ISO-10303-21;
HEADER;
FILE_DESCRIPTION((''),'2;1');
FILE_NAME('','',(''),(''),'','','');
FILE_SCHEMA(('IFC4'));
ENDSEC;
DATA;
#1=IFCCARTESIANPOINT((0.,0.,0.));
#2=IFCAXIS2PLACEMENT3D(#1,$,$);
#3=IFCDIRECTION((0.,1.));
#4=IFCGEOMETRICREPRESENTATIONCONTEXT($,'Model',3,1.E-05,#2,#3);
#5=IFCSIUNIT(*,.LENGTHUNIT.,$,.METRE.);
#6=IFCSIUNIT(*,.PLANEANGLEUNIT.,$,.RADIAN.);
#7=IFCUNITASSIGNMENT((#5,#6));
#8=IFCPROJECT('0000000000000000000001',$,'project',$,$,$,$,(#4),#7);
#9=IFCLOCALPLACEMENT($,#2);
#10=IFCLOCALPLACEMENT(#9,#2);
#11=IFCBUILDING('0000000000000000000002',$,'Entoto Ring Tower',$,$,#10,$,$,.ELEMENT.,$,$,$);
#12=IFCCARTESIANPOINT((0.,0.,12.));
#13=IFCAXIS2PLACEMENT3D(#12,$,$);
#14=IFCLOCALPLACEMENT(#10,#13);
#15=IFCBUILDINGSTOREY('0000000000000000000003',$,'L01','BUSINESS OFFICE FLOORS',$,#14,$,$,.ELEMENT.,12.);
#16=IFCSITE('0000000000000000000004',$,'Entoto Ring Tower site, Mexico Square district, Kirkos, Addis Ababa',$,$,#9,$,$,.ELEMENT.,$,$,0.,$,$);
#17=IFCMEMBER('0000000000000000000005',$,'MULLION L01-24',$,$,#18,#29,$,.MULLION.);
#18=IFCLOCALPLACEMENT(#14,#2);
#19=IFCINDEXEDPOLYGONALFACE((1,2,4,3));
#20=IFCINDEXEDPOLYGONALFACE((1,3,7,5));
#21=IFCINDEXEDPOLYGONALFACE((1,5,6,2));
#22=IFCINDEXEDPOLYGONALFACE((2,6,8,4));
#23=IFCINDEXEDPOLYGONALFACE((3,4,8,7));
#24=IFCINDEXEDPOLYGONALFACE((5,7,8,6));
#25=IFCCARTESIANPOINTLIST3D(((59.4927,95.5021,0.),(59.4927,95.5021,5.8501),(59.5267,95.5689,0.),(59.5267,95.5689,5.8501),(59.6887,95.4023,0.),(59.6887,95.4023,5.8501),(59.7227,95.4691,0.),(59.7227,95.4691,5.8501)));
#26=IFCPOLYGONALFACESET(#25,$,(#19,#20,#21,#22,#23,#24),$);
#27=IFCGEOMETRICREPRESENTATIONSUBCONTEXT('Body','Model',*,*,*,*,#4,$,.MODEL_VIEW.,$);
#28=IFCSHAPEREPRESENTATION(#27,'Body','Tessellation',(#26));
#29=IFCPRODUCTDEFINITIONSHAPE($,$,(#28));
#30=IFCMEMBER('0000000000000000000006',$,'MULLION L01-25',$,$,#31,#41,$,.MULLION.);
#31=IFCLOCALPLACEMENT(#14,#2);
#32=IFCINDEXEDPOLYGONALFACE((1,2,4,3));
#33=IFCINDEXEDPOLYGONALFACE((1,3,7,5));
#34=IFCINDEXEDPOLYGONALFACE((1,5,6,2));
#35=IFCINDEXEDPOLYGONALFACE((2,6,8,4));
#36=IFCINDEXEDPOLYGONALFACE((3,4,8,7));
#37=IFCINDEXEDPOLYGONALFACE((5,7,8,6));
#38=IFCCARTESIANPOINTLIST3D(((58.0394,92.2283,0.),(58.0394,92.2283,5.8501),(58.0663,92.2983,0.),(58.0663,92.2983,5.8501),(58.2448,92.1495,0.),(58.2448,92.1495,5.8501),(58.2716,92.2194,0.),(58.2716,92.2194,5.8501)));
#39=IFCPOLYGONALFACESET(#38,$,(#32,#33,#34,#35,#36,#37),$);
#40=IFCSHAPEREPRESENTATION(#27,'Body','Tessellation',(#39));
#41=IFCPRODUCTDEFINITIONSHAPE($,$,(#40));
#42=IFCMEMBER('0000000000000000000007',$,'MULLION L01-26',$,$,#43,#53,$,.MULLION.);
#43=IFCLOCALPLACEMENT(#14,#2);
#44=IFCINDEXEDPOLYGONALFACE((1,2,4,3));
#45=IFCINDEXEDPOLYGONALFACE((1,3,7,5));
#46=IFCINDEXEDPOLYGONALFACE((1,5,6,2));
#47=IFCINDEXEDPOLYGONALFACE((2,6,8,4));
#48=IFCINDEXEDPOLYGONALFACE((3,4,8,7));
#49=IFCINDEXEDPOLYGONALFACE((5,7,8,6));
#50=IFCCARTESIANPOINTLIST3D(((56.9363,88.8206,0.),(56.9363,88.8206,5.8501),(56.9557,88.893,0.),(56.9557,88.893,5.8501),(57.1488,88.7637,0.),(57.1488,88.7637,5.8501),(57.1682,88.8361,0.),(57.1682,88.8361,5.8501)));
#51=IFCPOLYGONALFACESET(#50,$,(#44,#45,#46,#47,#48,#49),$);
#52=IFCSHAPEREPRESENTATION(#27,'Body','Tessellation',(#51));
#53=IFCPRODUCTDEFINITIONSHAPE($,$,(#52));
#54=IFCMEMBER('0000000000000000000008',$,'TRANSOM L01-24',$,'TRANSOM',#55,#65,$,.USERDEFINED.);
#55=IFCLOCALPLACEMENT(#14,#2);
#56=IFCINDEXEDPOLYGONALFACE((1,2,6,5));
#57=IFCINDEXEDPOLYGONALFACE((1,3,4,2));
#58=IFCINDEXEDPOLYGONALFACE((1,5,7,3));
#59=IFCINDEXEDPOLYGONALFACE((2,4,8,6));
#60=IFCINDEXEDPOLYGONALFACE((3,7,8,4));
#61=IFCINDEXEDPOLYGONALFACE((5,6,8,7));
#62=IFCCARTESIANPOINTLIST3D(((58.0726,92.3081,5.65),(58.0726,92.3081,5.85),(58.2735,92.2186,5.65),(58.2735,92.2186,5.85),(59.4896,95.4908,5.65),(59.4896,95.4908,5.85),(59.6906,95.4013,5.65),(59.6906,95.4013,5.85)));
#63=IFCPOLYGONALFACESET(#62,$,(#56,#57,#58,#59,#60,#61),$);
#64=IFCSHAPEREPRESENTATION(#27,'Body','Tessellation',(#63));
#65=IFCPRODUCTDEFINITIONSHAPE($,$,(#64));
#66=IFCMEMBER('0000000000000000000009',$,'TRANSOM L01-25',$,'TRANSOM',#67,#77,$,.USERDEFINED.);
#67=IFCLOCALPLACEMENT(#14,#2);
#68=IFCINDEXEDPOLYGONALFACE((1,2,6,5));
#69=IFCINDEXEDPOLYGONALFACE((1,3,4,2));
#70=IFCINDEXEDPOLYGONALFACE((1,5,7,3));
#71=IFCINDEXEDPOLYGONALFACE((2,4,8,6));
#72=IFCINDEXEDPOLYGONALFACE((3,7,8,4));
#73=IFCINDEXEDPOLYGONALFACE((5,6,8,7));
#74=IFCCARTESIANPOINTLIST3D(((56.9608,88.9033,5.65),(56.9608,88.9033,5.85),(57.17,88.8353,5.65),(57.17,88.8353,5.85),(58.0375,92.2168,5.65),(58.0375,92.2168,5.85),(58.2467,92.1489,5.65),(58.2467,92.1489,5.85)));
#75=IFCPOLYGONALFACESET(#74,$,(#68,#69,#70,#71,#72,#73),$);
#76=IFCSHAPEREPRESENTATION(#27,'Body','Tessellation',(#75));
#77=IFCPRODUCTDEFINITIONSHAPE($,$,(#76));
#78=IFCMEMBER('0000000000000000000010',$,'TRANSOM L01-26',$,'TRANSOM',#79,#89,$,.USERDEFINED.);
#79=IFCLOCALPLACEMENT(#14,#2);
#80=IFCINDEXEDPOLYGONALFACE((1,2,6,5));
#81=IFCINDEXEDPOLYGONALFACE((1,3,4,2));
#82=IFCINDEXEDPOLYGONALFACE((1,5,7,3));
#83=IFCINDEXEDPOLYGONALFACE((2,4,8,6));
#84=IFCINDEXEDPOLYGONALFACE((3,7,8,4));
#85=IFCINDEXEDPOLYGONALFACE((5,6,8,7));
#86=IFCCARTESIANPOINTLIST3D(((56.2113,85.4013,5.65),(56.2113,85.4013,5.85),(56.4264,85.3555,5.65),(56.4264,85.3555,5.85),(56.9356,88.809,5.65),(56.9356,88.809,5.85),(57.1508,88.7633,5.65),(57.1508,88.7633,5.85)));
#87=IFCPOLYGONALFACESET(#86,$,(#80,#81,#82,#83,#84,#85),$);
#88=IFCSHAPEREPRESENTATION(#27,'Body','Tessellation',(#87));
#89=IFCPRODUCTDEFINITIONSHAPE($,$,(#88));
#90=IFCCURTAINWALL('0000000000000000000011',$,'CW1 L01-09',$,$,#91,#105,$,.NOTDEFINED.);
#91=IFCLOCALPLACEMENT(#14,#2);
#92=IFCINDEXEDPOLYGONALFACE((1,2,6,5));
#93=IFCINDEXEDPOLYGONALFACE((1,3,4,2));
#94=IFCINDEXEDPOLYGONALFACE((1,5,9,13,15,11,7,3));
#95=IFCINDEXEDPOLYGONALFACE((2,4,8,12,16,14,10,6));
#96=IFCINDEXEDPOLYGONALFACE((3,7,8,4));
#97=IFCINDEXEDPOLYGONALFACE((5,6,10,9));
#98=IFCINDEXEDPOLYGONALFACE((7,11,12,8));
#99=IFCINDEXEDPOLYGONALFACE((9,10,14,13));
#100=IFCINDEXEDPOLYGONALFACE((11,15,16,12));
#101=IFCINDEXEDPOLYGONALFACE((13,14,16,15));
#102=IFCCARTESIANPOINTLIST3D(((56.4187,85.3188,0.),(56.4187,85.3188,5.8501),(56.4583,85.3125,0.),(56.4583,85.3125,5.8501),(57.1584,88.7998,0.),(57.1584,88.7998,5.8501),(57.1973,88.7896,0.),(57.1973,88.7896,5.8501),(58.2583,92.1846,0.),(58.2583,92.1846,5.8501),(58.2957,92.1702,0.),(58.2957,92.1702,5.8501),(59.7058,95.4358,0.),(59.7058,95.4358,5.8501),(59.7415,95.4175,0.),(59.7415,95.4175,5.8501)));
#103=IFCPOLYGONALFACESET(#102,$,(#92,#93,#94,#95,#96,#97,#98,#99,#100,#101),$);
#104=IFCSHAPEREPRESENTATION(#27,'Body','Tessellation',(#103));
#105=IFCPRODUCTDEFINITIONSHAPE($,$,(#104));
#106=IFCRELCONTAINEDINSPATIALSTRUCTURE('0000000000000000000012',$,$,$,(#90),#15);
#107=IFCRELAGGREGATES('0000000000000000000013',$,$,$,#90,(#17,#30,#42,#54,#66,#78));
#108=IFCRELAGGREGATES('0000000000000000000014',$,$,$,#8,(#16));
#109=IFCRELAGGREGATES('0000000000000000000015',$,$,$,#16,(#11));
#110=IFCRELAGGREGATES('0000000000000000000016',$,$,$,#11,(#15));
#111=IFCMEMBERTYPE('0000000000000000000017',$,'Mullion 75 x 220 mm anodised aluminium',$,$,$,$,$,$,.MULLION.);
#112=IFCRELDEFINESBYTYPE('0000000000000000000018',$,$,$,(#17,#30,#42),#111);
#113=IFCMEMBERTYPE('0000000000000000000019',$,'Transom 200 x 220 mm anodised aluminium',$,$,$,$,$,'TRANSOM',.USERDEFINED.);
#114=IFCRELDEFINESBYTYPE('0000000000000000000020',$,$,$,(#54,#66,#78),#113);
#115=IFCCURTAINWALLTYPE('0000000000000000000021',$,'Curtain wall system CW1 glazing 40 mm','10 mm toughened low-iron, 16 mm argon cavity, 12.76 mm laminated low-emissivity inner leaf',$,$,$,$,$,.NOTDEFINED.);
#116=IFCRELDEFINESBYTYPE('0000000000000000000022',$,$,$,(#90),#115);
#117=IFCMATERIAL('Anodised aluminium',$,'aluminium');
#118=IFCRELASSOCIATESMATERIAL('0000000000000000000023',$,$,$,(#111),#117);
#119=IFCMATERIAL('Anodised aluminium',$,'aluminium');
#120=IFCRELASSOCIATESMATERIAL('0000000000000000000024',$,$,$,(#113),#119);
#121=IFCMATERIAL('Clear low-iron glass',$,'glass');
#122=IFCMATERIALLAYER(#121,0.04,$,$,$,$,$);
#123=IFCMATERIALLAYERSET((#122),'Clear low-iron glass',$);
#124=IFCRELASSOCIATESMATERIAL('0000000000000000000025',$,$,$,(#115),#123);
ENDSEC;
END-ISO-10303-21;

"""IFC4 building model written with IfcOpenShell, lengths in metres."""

from ifc_helpers import new_model, si_unit, direction, frame, origin, origin_2d, place, context, subcontext, project, spatial, polyline, rectangle, outline, extrude, material, layer, layer_set, material_profile, profile_set, type_object, element, aggregate, save


model = new_model("IFC4")

# Units and contexts
model_context = context("Model", 3, precision=1e-05, world=origin(), true_north=direction((0.0, 1.0)))
body_context = subcontext(model_context, "Body", "Model", "MODEL_VIEW")
ifc_project = project(units=[si_unit("LENGTHUNIT", "METRE"), si_unit("PLANEANGLEUNIT", "RADIAN")], contexts=[model_context])

# Members
ifc_material_1 = material(Name="Anodised aluminium", Category="aluminium")
ifc_material_profile_1 = material_profile(ifc_material_1, rectangle(XDim=0.075, YDim=0.22, at=origin_2d()), Name="Mullion 75 x 220 mm anodised aluminium")
ifc_profile_set_1 = profile_set([ifc_material_profile_1], Name="Anodised aluminium")
member_type_1 = type_object("IfcMemberType", Name="Mullion 75 x 220 mm anodised aluminium", PredefinedType="MULLION", material=ifc_profile_set_1)
site_placement = place(None, origin())
building_placement = place(site_placement, origin())
storey_placement = place(building_placement, frame((0.0, 0.0, 12.0)))
member_1_placement = place(storey_placement, frame((59.6077, 95.4856, 0.0), z_axis=(0.0, 0.0, 1.0), x_axis=(-0.45399, -0.891007, 0.0)))
member_1 = element("IfcMember", 1, at=member_1_placement, type_object=member_type_1, Name="MULLION L01-24", PredefinedType="MULLION", context=body_context, shape_type="SweptSolid", body=[
    extrude(rectangle(XDim=0.075, YDim=0.22, at=origin_2d()), origin(), (0.0, 0.0, 1.0), 5.8501),
])
member_2_placement = place(storey_placement, frame((58.1555, 92.2239, 0.0), z_axis=(0.0, 0.0, 1.0), x_axis=(-0.358368, -0.93358, 0.0)))
member_2 = element("IfcMember", 2, at=member_2_placement, type_object=member_type_1, Name="MULLION L01-25", PredefinedType="MULLION", context=body_context, shape_type="SweptSolid", body=[
    extrude(rectangle(XDim=0.075, YDim=0.22, at=origin_2d()), origin(), (0.0, 0.0, 1.0), 5.8501),
])
member_3_placement = place(storey_placement, frame((57.0522, 88.8284, 0.0), z_axis=(0.0, 0.0, 1.0), x_axis=(-0.258819, -0.965926, 0.0)))
member_3 = element("IfcMember", 3, at=member_3_placement, type_object=member_type_1, Name="MULLION L01-26", PredefinedType="MULLION", context=body_context, shape_type="SweptSolid", body=[
    extrude(rectangle(XDim=0.075, YDim=0.22, at=origin_2d()), origin(), (0.0, 0.0, 1.0), 5.8501),
])
ifc_material_2 = material(Name="Anodised aluminium", Category="aluminium")
ifc_material_profile_2 = material_profile(ifc_material_2, rectangle(XDim=0.22, YDim=0.2, at=origin_2d()), Name="Transom 200 x 220 mm anodised aluminium")
ifc_profile_set_2 = profile_set([ifc_material_profile_2], Name="Anodised aluminium")
member_type_2 = type_object("IfcMemberType", Name="Transom 200 x 220 mm anodised aluminium", ElementType="TRANSOM", PredefinedType="USERDEFINED", material=ifc_profile_set_2)
member_4_placement = place(storey_placement, frame((59.5901, 95.446, 5.75), z_axis=(-0.406737, -0.913545, 0.0), x_axis=(0.913545, -0.406737, 0.0)))
member_4 = element("IfcMember", 4, at=member_4_placement, type_object=member_type_2, Name="TRANSOM L01-24", ObjectType="TRANSOM", PredefinedType="USERDEFINED", context=body_context, shape_type="SweptSolid", body=[
    extrude(rectangle(XDim=0.22, YDim=0.2, at=origin_2d()), origin(), (0.0, 0.0, 1.0), 3.4839),
])
member_5_placement = place(storey_placement, frame((58.1421, 92.1829, 5.75), z_axis=(-0.309029, -0.951053, 0.0), x_axis=(0.951053, -0.309029, 0.0)))
member_5 = element("IfcMember", 5, at=member_5_placement, type_object=member_type_2, Name="TRANSOM L01-25", ObjectType="TRANSOM", PredefinedType="USERDEFINED", context=body_context, shape_type="SweptSolid", body=[
    extrude(rectangle(XDim=0.22, YDim=0.2, at=origin_2d()), origin(), (0.0, 0.0, 1.0), 3.4841),
])
member_6_placement = place(storey_placement, frame((57.0432, 88.7861, 5.75), z_axis=(-0.207921, -0.978146, 0.0), x_axis=(0.978146, -0.207921, 0.0)))
member_6 = element("IfcMember", 6, at=member_6_placement, type_object=member_type_2, Name="TRANSOM L01-26", ObjectType="TRANSOM", PredefinedType="USERDEFINED", context=body_context, shape_type="SweptSolid", body=[
    extrude(rectangle(XDim=0.22, YDim=0.2, at=origin_2d()), origin(), (0.0, 0.0, 1.0), 3.4839),
])

# Site, building, storey
site = spatial("IfcSite", under=ifc_project, at=site_placement, Name="Entoto Ring Tower site, Mexico Square district, Kirkos, Addis Ababa", CompositionType="ELEMENT", RefElevation=0.0)
building = spatial("IfcBuilding", under=site, at=building_placement, Name="Entoto Ring Tower", CompositionType="ELEMENT")
storey = spatial("IfcBuildingStorey", under=building, at=storey_placement, Name="L01", Description="BUSINESS OFFICE FLOORS", CompositionType="ELEMENT", Elevation=12.0)

# Curtain wall
ifc_material_3 = material(Name="Clear low-iron glass", Category="glass")
ifc_layer = layer(ifc_material_3, 0.04)
ifc_layer_set = layer_set([ifc_layer], Name="Clear low-iron glass")
curtain_wall_type = type_object("IfcCurtainWallType", Name="Curtain wall system CW1 glazing 40 mm", Description="10 mm toughened low-iron, 16 mm argon cavity, 12.76 mm laminated low-emissivity inner leaf", PredefinedType="NOTDEFINED", material=ifc_layer_set)
curtain_wall_1_placement = place(storey_placement, origin())
curtain_wall_1 = element("IfcCurtainWall", 7, at=curtain_wall_1_placement, inside=storey, type_object=curtain_wall_type, Name="CW1 L01-09", PredefinedType="NOTDEFINED", context=body_context, shape_type="SweptSolid", body=[
    extrude(outline(polyline([(59.7058, 95.4358), (58.2583, 92.1846), (57.1584, 88.7998), (56.4187, 85.3188), (56.4583, 85.3125), (57.1973, 88.7896), (58.2957, 92.1702), (59.7415, 95.4175), (59.7058, 95.4358)])), origin(), (0.0, 0.0, 1.0), 5.8501),
])
aggregate(curtain_wall_1, [member_1, member_2, member_3, member_4, member_5, member_6])

save(model, "model.ifc")
